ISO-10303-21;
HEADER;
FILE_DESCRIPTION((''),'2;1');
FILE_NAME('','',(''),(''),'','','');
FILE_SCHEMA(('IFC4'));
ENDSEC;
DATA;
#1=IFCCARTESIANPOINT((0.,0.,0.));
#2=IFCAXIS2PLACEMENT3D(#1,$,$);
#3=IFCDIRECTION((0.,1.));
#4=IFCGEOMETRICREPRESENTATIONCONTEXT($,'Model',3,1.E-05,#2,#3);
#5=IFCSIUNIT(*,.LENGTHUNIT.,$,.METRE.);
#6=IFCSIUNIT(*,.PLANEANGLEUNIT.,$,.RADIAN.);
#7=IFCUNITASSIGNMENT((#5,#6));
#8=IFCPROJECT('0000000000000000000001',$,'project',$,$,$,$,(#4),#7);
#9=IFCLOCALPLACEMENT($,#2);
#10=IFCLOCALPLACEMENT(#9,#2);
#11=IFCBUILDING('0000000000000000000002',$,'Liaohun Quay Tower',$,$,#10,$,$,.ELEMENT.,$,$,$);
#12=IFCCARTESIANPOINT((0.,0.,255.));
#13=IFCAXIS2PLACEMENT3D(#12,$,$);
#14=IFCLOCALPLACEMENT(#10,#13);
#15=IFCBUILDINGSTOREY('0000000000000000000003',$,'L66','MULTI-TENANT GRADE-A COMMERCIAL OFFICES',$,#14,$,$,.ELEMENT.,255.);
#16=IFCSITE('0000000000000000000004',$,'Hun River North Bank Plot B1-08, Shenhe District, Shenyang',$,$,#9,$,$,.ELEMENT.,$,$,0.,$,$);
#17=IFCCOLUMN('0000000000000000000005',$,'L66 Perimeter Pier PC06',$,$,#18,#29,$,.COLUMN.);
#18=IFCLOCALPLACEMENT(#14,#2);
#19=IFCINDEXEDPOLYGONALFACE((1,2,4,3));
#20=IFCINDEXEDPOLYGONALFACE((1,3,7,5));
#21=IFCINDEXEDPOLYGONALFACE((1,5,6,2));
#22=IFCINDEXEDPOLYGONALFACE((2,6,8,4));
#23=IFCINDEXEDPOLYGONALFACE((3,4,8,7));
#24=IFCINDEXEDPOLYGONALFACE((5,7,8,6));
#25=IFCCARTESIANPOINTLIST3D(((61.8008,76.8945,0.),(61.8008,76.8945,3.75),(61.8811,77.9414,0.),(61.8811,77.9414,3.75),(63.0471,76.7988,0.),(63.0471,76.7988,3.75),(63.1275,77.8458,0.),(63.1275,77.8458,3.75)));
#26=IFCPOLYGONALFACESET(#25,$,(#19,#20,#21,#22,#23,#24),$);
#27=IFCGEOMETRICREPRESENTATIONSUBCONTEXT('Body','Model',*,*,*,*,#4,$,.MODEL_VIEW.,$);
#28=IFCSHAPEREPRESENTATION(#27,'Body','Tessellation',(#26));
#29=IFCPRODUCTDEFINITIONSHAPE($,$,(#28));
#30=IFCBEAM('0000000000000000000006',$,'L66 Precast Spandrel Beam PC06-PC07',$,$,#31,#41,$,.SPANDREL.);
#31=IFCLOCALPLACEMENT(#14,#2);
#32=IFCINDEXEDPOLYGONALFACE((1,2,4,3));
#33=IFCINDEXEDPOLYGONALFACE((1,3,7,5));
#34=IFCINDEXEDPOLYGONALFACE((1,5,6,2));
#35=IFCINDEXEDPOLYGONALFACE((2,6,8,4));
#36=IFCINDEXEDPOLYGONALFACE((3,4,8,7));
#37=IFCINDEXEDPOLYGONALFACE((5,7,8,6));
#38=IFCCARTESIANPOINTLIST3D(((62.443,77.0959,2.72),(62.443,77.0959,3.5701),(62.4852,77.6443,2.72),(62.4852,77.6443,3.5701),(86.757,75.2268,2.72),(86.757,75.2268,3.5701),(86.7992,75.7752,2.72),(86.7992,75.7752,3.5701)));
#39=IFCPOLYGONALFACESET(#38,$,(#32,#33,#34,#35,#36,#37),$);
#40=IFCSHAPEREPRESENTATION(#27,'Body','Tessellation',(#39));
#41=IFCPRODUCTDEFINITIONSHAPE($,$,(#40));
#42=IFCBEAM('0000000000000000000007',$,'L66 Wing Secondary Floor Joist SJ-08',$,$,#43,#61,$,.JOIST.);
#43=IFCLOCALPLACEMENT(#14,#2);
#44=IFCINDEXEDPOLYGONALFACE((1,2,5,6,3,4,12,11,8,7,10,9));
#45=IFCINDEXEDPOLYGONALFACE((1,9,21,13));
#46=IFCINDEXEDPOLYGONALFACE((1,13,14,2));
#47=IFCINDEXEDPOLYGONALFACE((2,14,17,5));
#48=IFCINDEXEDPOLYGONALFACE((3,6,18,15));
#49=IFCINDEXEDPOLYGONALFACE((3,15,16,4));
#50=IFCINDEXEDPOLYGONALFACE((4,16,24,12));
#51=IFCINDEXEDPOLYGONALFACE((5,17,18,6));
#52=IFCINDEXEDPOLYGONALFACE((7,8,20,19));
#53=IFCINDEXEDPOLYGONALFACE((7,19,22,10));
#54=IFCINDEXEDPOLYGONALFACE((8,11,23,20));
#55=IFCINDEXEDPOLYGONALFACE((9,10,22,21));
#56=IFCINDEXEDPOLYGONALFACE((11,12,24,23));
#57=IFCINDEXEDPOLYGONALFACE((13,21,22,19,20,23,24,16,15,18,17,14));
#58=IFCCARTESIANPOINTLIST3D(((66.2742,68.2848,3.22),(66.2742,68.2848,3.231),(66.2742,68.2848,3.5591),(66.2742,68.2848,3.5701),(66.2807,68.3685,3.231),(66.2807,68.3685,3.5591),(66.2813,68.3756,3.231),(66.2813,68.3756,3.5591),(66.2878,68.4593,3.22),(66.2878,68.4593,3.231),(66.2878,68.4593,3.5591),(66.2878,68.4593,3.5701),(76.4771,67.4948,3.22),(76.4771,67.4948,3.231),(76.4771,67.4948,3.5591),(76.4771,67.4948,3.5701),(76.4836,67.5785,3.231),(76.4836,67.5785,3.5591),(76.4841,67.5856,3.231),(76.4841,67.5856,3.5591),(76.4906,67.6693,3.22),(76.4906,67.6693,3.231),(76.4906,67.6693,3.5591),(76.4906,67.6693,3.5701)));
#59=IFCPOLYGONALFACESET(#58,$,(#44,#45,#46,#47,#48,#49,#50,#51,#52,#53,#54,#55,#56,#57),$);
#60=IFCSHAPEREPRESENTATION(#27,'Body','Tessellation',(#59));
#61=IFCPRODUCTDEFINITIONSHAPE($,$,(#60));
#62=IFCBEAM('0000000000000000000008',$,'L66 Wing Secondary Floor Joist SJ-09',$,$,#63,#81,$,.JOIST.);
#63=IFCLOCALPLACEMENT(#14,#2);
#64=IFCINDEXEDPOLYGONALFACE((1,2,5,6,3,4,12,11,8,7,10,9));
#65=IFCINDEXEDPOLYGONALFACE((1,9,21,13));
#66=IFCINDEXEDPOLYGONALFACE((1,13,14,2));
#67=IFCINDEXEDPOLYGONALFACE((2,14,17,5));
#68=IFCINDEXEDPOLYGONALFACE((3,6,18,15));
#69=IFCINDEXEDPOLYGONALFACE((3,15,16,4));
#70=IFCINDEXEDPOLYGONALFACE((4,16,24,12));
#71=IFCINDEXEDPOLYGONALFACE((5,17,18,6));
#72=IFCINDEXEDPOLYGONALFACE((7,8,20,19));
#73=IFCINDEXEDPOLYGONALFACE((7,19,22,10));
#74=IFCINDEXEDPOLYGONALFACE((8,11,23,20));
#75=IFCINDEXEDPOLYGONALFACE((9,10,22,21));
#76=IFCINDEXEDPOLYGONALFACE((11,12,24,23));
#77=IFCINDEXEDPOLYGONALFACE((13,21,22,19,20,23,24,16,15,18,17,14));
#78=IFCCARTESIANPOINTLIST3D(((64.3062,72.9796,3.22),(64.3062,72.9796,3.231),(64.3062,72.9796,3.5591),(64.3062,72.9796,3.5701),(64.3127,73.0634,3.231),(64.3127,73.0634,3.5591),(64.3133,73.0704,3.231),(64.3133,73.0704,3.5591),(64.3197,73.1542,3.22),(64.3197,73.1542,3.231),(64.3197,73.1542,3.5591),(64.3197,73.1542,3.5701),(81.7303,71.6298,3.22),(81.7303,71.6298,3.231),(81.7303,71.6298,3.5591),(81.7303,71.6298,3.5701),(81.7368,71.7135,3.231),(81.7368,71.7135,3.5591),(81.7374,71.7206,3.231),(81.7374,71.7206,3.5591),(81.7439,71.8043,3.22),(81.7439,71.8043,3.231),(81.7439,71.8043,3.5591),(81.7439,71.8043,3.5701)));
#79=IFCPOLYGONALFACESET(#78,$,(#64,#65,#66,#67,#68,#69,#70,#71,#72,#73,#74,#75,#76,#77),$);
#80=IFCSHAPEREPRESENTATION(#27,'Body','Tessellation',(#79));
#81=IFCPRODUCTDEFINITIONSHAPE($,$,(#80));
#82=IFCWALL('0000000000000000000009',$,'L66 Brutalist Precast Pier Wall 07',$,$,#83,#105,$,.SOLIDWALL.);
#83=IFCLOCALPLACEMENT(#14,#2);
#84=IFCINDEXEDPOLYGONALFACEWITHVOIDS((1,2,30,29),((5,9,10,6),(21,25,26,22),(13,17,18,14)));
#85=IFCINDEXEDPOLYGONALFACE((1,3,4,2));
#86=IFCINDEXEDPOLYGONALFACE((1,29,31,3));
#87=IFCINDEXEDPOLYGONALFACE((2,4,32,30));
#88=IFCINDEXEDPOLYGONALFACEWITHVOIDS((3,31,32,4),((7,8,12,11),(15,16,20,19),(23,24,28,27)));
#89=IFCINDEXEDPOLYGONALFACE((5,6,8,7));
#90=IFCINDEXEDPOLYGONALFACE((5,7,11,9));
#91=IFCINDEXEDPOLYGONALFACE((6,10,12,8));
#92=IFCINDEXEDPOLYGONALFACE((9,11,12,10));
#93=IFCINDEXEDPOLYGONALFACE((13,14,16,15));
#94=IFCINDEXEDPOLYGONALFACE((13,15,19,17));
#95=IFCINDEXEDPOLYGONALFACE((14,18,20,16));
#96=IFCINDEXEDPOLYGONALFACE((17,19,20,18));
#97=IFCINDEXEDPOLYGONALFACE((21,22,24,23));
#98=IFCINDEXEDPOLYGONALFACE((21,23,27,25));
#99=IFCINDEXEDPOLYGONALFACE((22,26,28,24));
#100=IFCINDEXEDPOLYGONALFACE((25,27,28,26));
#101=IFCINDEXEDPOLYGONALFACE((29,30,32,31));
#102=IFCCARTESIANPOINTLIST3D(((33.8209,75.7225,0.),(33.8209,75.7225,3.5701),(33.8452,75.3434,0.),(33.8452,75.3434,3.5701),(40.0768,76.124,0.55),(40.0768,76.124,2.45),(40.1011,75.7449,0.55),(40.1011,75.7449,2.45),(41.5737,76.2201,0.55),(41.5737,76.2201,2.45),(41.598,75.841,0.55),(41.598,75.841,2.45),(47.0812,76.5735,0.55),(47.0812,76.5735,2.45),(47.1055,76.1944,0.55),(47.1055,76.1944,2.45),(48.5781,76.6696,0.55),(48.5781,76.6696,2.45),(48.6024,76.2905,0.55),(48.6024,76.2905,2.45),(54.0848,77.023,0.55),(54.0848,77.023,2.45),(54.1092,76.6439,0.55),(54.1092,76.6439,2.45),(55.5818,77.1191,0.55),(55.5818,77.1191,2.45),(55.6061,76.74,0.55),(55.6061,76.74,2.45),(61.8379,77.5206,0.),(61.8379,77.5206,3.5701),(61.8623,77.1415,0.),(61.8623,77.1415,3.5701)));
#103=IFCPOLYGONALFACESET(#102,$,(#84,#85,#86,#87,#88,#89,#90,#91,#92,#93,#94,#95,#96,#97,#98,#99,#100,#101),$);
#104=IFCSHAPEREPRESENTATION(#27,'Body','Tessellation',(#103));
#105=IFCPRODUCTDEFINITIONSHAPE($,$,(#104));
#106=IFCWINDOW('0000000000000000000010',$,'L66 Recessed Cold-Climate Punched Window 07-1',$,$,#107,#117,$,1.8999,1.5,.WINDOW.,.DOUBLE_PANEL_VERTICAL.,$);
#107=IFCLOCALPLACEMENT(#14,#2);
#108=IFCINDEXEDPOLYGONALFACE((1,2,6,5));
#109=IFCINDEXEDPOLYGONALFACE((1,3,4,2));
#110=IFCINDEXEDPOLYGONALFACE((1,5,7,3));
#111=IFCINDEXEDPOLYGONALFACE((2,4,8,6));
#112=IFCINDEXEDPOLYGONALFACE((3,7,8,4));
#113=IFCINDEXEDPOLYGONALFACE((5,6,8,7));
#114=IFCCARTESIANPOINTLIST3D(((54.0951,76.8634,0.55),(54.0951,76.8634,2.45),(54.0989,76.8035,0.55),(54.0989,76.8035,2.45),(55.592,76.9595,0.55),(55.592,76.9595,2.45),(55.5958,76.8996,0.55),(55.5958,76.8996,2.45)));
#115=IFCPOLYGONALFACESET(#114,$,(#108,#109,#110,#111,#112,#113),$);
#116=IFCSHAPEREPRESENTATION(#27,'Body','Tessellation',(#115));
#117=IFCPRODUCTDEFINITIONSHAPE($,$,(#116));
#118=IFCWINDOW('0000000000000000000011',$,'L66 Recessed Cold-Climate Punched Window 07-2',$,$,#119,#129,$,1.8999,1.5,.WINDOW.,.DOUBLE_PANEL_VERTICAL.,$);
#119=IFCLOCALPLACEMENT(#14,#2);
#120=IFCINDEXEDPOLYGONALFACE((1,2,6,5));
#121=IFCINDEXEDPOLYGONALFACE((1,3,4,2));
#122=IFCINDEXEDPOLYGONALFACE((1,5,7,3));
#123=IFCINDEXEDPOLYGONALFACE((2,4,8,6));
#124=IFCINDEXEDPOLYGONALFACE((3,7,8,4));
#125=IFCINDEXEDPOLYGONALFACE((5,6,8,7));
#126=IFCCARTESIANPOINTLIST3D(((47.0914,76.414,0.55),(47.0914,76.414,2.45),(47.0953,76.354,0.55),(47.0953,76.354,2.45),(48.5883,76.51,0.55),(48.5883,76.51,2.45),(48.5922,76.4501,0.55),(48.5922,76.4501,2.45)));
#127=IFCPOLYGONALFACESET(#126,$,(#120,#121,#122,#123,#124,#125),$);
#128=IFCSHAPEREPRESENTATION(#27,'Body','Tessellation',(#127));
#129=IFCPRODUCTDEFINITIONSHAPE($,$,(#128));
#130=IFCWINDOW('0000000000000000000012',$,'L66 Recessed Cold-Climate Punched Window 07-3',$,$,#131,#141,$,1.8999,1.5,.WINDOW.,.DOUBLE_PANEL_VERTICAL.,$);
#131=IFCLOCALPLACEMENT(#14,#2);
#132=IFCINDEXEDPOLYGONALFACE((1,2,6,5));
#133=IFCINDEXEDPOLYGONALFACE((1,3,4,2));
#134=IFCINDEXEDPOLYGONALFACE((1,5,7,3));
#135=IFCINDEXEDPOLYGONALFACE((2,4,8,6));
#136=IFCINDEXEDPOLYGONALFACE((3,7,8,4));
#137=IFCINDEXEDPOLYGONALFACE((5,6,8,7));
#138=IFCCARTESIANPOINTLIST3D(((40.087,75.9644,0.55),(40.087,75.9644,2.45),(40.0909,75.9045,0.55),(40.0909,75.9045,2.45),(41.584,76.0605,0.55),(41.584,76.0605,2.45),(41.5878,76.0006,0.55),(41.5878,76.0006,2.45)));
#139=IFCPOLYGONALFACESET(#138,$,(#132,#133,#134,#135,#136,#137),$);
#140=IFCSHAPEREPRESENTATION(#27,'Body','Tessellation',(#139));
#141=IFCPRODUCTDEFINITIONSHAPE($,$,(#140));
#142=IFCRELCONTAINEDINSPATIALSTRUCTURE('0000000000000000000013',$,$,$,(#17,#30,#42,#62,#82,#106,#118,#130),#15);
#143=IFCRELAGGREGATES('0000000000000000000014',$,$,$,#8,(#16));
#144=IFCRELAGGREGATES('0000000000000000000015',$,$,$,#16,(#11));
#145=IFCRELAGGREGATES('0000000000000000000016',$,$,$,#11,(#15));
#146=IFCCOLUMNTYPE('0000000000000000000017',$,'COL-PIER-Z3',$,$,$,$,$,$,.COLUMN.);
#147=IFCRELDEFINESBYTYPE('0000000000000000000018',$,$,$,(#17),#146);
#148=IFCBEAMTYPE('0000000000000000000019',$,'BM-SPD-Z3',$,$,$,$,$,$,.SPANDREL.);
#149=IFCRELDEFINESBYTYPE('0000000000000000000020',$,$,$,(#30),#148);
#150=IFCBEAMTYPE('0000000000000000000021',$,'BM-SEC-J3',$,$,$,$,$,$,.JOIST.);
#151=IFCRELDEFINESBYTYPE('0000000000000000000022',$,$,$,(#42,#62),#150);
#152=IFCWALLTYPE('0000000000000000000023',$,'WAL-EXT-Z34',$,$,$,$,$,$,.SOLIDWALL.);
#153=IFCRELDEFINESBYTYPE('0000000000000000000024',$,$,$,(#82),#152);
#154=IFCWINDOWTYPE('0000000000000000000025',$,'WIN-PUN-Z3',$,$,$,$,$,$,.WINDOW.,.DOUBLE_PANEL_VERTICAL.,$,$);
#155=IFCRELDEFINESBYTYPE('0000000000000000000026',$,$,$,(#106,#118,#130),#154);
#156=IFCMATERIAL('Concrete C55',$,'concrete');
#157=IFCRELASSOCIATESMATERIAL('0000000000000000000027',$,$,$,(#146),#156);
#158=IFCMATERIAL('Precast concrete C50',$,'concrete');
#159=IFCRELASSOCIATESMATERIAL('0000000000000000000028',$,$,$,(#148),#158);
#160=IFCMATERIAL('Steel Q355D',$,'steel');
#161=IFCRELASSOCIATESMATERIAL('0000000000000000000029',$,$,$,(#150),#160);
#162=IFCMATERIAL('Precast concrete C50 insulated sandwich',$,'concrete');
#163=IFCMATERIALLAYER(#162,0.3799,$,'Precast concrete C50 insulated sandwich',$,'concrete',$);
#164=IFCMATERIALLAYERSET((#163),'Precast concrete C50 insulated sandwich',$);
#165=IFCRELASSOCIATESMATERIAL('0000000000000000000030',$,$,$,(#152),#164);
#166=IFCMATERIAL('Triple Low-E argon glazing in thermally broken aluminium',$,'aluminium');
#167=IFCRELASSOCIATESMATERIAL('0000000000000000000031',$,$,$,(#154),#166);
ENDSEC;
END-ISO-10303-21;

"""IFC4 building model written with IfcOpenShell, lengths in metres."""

from ifc_helpers import new_model, si_unit, direction, frame, frame_2d, origin, origin_2d, place, context, subcontext, project, spatial, rectangle, i_section, extrude, source, transform, mapped, material, layer, layer_set, material_profile, profile_set, type_object, element, fill, save


model = new_model("IFC4")

# Units and contexts
model_context = context("Model", 3, precision=1e-05, world=origin(), true_north=direction((0.0, 1.0)))
body_context = subcontext(model_context, "Body", "Model", "MODEL_VIEW")
ifc_project = project(units=[si_unit("LENGTHUNIT", "METRE"), si_unit("PLANEANGLEUNIT", "RADIAN")], contexts=[model_context])

# Site, building, storey
site_placement = place(None, origin())
site = spatial("IfcSite", under=ifc_project, at=site_placement, Name="Hun River North Bank Plot B1-08, Shenhe District, Shenyang", CompositionType="ELEMENT", RefElevation=0.0)
building_placement = place(site_placement, origin())
building = spatial("IfcBuilding", under=site, at=building_placement, Name="Liaohun Quay Tower", CompositionType="ELEMENT")
storey_placement = place(building_placement, frame((0.0, 0.0, 255.0)))
storey = spatial("IfcBuildingStorey", under=building, at=storey_placement, Name="L66", Description="MULTI-TENANT GRADE-A COMMERCIAL OFFICES", CompositionType="ELEMENT", Elevation=255.0)

# Column
ifc_material_1 = material(Name="Concrete C55", Category="concrete")
ifc_material_profile_1 = material_profile(ifc_material_1, rectangle(XDim=1.25, YDim=1.05, at=origin_2d()), Name="RC1250x1050")
ifc_profile_set_1 = profile_set([ifc_material_profile_1], Name="Concrete C55")
column_type = type_object("IfcColumnType", Name="COL-PIER-Z3", PredefinedType="COLUMN", material=ifc_profile_set_1)
shared_shape_1 = source(origin(), body_context, "Body", "SweptSolid", [
    extrude(rectangle(XDim=1.25, YDim=1.05, at=origin_2d()), origin(), (0.0, 0.0, 1.0), 3.75),
])
column_placement = place(storey_placement, frame((62.4641, 77.3701, 0.0), z_axis=(0.0, 0.0, 1.0), x_axis=(-0.997066, 0.076545, 0.0)))
element("IfcColumn", 1, at=column_placement, inside=storey, type_object=column_type, Name="L66 Perimeter Pier PC06", PredefinedType="COLUMN", context=body_context, shape_type="MappedRepresentation", body=[
    mapped(shared_shape_1, transform((0.0, 0.0, 0.0), x_axis=(1.0, 0.0, 0.0), y_axis=(0.0, 1.0, 0.0), z_axis=(0.0, 0.0, 1.0), scale=1.0)),
])

# Beams
ifc_material_2 = material(Name="Precast concrete C50", Category="concrete")
ifc_material_profile_2 = material_profile(ifc_material_2, rectangle(XDim=0.55, YDim=0.8501, at=origin_2d()), Name="RC550x850")
ifc_profile_set_2 = profile_set([ifc_material_profile_2], Name="Precast concrete C50")
beam_type_1 = type_object("IfcBeamType", Name="BM-SPD-Z3", PredefinedType="SPANDREL", material=ifc_profile_set_2)
shared_shape_2 = source(origin(), body_context, "Body", "SweptSolid", [
    extrude(rectangle(XDim=0.55, YDim=0.8501, at=origin_2d()), origin(), (0.0, 0.0, 1.0), 24.3857),
])
beam_1_placement = place(storey_placement, frame((62.4641, 77.3701, 3.145), z_axis=(0.997058, -0.076649, 0.0), x_axis=(0.076649, 0.997058, 0.0)))
element("IfcBeam", 2, at=beam_1_placement, inside=storey, type_object=beam_type_1, Name="L66 Precast Spandrel Beam PC06-PC07", PredefinedType="SPANDREL", context=body_context, shape_type="MappedRepresentation", body=[
    mapped(shared_shape_2, transform((0.0, 0.0, 0.0), x_axis=(1.0, 0.0, 0.0), y_axis=(0.0, 1.0, 0.0), z_axis=(0.0, 0.0, 1.0), scale=1.0)),
])
ifc_material_3 = material(Name="Steel Q355D", Category="steel")
ifc_material_profile_3 = material_profile(ifc_material_3, i_section(OverallWidth=0.175, OverallDepth=0.3501, WebThickness=0.0071, FlangeThickness=0.011, at=origin_2d()), Name="HN350x175x7x11")
ifc_profile_set_3 = profile_set([ifc_material_profile_3], Name="Steel Q355D")
beam_type_2 = type_object("IfcBeamType", Name="BM-SEC-J3", PredefinedType="JOIST", material=ifc_profile_set_3)
shared_shape_3 = source(origin(), body_context, "Body", "SweptSolid", [
    extrude(i_section(OverallWidth=0.175, OverallDepth=0.3501, WebThickness=0.0071, FlangeThickness=0.011, at=origin_2d()), origin(), (0.0, 0.0, 1.0), 10.2334),
])
beam_2_placement = place(storey_placement, frame((66.281, 68.3721, 3.395), z_axis=(0.997015, -0.077202, 0.0), x_axis=(0.077202, 0.997015, 0.0)))
element("IfcBeam", 3, at=beam_2_placement, inside=storey, type_object=beam_type_2, Name="L66 Wing Secondary Floor Joist SJ-08", PredefinedType="JOIST", context=body_context, shape_type="MappedRepresentation", body=[
    mapped(shared_shape_3, transform((0.0, 0.0, 0.0), x_axis=(1.0, 0.0, 0.0), y_axis=(0.0, 1.0, 0.0), z_axis=(0.0, 0.0, 1.0), scale=1.0)),
])
shared_shape_4 = source(origin(), body_context, "Body", "SweptSolid", [
    extrude(i_section(OverallWidth=0.175, OverallDepth=0.3501, WebThickness=0.0071, FlangeThickness=0.011, at=origin_2d()), origin(), (0.0, 0.0, 1.0), 17.4763),
])
beam_3_placement = place(storey_placement, frame((64.313, 73.0669, 3.395), z_axis=(0.997013, -0.077239, 0.0), x_axis=(0.077239, 0.997013, 0.0)))
element("IfcBeam", 4, at=beam_3_placement, inside=storey, type_object=beam_type_2, Name="L66 Wing Secondary Floor Joist SJ-09", PredefinedType="JOIST", context=body_context, shape_type="MappedRepresentation", body=[
    mapped(shared_shape_4, transform((0.0, 0.0, 0.0), x_axis=(1.0, 0.0, 0.0), y_axis=(0.0, 1.0, 0.0), z_axis=(0.0, 0.0, 1.0), scale=1.0)),
])

# Wall, openings, windows
ifc_material_4 = material(Name="Precast concrete C50 insulated sandwich", Category="concrete")
ifc_layer_1 = layer(ifc_material_4, 0.3799, Name="Precast concrete C50 insulated sandwich", Category="concrete")
ifc_layer_set_1 = layer_set([ifc_layer_1], Name="Precast concrete C50 insulated sandwich")
wall_type_1 = type_object("IfcWallType", Name="WAL-EXT-Z34", PredefinedType="SOLIDWALL", material=ifc_layer_set_1)
wall_1_placement = place(storey_placement, frame((61.8501, 77.3311, 0.0), z_axis=(0.0, 0.0, 1.0), x_axis=(-0.997947, -0.064047, 0.0)))
wall_1 = element("IfcWall", 5, at=wall_1_placement, inside=storey, type_object=wall_type_1, Name="L66 Brutalist Precast Pier Wall 07", PredefinedType="SOLIDWALL", context=body_context, shape_type="SweptSolid", body=[
    extrude(rectangle(XDim=28.0747, YDim=0.3799, at=frame_2d((14.0374, 0.0))), origin(), (0.0, 0.0, 1.0), 3.5701),
])
shared_shape_5 = source(origin(), body_context, "Body", "SweptSolid", [
    extrude(rectangle(XDim=1.5, YDim=1.8999, at=frame_2d((0.75, 0.95))), frame((0.0, 0.2, 0.0), z_axis=(0.0, -1.0, 0.0), x_axis=(1.0, 0.0, 0.0)), (0.0, 0.0, 1.0), 0.3999),
])
opening_1_placement = place(wall_1_placement, frame((6.269, 0.0, 0.55)))
opening_1 = element("IfcOpeningElement", 6, at=opening_1_placement, cuts=wall_1, PredefinedType="OPENING", context=body_context, shape_type="MappedRepresentation", body=[
    mapped(shared_shape_5, transform((0.0, 0.0, 0.0), x_axis=(1.0, 0.0, 0.0), y_axis=(0.0, 1.0, 0.0), z_axis=(0.0, 0.0, 1.0), scale=1.0)),
])
opening_2_placement = place(wall_1_placement, frame((13.2871, 0.0, 0.55)))
opening_2 = element("IfcOpeningElement", 7, at=opening_2_placement, cuts=wall_1, PredefinedType="OPENING", context=body_context, shape_type="MappedRepresentation", body=[
    mapped(shared_shape_5, transform((0.0, 0.0, 0.0), x_axis=(1.0, 0.0, 0.0), y_axis=(0.0, 1.0, 0.0), z_axis=(0.0, 0.0, 1.0), scale=1.0)),
])
opening_3_placement = place(wall_1_placement, frame((20.3059, 0.0, 0.55)))
opening_3 = element("IfcOpeningElement", 8, at=opening_3_placement, cuts=wall_1, PredefinedType="OPENING", context=body_context, shape_type="MappedRepresentation", body=[
    mapped(shared_shape_5, transform((0.0, 0.0, 0.0), x_axis=(1.0, 0.0, 0.0), y_axis=(0.0, 1.0, 0.0), z_axis=(0.0, 0.0, 1.0), scale=1.0)),
])
ifc_material_5 = material(Name="Triple Low-E argon glazing in thermally broken aluminium", Category="aluminium")
window_type = type_object("IfcWindowType", Name="WIN-PUN-Z3", PartitioningType="DOUBLE_PANEL_VERTICAL", PredefinedType="WINDOW", material=ifc_material_5)
shared_shape_6 = source(origin(), body_context, "Body", "SweptSolid", [
    extrude(rectangle(XDim=1.5, YDim=1.8999, at=frame_2d((0.75, 0.95))), frame((0.0, 0.03, 0.0), z_axis=(0.0, -1.0, 0.0), x_axis=(1.0, 0.0, 0.0)), (0.0, 0.0, 1.0), 0.0601),
])
window_1_placement = place(opening_1_placement, origin())
window_1 = element("IfcWindow", 9, at=window_1_placement, inside=storey, type_object=window_type, Name="L66 Recessed Cold-Climate Punched Window 07-1", OverallHeight=1.8999, OverallWidth=1.5, PartitioningType="DOUBLE_PANEL_VERTICAL", PredefinedType="WINDOW", context=body_context, shape_type="MappedRepresentation", body=[
    mapped(shared_shape_6, transform((0.0, 0.0, 0.0), x_axis=(1.0, 0.0, 0.0), y_axis=(0.0, 1.0, 0.0), z_axis=(0.0, 0.0, 1.0), scale=1.0)),
])
fill(opening_1, window_1)
window_2_placement = place(opening_2_placement, origin())
window_2 = element("IfcWindow", 10, at=window_2_placement, inside=storey, type_object=window_type, Name="L66 Recessed Cold-Climate Punched Window 07-2", OverallHeight=1.8999, OverallWidth=1.5, PartitioningType="DOUBLE_PANEL_VERTICAL", PredefinedType="WINDOW", context=body_context, shape_type="MappedRepresentation", body=[
    mapped(shared_shape_6, transform((0.0, 0.0, 0.0), x_axis=(1.0, 0.0, 0.0), y_axis=(0.0, 1.0, 0.0), z_axis=(0.0, 0.0, 1.0), scale=1.0)),
])
fill(opening_2, window_2)
window_3_placement = place(opening_3_placement, origin())
window_3 = element("IfcWindow", 11, at=window_3_placement, inside=storey, type_object=window_type, Name="L66 Recessed Cold-Climate Punched Window 07-3", OverallHeight=1.8999, OverallWidth=1.5, PartitioningType="DOUBLE_PANEL_VERTICAL", PredefinedType="WINDOW", context=body_context, shape_type="MappedRepresentation", body=[
    mapped(shared_shape_6, transform((0.0, 0.0, 0.0), x_axis=(1.0, 0.0, 0.0), y_axis=(0.0, 1.0, 0.0), z_axis=(0.0, 0.0, 1.0), scale=1.0)),
])
fill(opening_3, window_3)

save(model, "model.ifc")
